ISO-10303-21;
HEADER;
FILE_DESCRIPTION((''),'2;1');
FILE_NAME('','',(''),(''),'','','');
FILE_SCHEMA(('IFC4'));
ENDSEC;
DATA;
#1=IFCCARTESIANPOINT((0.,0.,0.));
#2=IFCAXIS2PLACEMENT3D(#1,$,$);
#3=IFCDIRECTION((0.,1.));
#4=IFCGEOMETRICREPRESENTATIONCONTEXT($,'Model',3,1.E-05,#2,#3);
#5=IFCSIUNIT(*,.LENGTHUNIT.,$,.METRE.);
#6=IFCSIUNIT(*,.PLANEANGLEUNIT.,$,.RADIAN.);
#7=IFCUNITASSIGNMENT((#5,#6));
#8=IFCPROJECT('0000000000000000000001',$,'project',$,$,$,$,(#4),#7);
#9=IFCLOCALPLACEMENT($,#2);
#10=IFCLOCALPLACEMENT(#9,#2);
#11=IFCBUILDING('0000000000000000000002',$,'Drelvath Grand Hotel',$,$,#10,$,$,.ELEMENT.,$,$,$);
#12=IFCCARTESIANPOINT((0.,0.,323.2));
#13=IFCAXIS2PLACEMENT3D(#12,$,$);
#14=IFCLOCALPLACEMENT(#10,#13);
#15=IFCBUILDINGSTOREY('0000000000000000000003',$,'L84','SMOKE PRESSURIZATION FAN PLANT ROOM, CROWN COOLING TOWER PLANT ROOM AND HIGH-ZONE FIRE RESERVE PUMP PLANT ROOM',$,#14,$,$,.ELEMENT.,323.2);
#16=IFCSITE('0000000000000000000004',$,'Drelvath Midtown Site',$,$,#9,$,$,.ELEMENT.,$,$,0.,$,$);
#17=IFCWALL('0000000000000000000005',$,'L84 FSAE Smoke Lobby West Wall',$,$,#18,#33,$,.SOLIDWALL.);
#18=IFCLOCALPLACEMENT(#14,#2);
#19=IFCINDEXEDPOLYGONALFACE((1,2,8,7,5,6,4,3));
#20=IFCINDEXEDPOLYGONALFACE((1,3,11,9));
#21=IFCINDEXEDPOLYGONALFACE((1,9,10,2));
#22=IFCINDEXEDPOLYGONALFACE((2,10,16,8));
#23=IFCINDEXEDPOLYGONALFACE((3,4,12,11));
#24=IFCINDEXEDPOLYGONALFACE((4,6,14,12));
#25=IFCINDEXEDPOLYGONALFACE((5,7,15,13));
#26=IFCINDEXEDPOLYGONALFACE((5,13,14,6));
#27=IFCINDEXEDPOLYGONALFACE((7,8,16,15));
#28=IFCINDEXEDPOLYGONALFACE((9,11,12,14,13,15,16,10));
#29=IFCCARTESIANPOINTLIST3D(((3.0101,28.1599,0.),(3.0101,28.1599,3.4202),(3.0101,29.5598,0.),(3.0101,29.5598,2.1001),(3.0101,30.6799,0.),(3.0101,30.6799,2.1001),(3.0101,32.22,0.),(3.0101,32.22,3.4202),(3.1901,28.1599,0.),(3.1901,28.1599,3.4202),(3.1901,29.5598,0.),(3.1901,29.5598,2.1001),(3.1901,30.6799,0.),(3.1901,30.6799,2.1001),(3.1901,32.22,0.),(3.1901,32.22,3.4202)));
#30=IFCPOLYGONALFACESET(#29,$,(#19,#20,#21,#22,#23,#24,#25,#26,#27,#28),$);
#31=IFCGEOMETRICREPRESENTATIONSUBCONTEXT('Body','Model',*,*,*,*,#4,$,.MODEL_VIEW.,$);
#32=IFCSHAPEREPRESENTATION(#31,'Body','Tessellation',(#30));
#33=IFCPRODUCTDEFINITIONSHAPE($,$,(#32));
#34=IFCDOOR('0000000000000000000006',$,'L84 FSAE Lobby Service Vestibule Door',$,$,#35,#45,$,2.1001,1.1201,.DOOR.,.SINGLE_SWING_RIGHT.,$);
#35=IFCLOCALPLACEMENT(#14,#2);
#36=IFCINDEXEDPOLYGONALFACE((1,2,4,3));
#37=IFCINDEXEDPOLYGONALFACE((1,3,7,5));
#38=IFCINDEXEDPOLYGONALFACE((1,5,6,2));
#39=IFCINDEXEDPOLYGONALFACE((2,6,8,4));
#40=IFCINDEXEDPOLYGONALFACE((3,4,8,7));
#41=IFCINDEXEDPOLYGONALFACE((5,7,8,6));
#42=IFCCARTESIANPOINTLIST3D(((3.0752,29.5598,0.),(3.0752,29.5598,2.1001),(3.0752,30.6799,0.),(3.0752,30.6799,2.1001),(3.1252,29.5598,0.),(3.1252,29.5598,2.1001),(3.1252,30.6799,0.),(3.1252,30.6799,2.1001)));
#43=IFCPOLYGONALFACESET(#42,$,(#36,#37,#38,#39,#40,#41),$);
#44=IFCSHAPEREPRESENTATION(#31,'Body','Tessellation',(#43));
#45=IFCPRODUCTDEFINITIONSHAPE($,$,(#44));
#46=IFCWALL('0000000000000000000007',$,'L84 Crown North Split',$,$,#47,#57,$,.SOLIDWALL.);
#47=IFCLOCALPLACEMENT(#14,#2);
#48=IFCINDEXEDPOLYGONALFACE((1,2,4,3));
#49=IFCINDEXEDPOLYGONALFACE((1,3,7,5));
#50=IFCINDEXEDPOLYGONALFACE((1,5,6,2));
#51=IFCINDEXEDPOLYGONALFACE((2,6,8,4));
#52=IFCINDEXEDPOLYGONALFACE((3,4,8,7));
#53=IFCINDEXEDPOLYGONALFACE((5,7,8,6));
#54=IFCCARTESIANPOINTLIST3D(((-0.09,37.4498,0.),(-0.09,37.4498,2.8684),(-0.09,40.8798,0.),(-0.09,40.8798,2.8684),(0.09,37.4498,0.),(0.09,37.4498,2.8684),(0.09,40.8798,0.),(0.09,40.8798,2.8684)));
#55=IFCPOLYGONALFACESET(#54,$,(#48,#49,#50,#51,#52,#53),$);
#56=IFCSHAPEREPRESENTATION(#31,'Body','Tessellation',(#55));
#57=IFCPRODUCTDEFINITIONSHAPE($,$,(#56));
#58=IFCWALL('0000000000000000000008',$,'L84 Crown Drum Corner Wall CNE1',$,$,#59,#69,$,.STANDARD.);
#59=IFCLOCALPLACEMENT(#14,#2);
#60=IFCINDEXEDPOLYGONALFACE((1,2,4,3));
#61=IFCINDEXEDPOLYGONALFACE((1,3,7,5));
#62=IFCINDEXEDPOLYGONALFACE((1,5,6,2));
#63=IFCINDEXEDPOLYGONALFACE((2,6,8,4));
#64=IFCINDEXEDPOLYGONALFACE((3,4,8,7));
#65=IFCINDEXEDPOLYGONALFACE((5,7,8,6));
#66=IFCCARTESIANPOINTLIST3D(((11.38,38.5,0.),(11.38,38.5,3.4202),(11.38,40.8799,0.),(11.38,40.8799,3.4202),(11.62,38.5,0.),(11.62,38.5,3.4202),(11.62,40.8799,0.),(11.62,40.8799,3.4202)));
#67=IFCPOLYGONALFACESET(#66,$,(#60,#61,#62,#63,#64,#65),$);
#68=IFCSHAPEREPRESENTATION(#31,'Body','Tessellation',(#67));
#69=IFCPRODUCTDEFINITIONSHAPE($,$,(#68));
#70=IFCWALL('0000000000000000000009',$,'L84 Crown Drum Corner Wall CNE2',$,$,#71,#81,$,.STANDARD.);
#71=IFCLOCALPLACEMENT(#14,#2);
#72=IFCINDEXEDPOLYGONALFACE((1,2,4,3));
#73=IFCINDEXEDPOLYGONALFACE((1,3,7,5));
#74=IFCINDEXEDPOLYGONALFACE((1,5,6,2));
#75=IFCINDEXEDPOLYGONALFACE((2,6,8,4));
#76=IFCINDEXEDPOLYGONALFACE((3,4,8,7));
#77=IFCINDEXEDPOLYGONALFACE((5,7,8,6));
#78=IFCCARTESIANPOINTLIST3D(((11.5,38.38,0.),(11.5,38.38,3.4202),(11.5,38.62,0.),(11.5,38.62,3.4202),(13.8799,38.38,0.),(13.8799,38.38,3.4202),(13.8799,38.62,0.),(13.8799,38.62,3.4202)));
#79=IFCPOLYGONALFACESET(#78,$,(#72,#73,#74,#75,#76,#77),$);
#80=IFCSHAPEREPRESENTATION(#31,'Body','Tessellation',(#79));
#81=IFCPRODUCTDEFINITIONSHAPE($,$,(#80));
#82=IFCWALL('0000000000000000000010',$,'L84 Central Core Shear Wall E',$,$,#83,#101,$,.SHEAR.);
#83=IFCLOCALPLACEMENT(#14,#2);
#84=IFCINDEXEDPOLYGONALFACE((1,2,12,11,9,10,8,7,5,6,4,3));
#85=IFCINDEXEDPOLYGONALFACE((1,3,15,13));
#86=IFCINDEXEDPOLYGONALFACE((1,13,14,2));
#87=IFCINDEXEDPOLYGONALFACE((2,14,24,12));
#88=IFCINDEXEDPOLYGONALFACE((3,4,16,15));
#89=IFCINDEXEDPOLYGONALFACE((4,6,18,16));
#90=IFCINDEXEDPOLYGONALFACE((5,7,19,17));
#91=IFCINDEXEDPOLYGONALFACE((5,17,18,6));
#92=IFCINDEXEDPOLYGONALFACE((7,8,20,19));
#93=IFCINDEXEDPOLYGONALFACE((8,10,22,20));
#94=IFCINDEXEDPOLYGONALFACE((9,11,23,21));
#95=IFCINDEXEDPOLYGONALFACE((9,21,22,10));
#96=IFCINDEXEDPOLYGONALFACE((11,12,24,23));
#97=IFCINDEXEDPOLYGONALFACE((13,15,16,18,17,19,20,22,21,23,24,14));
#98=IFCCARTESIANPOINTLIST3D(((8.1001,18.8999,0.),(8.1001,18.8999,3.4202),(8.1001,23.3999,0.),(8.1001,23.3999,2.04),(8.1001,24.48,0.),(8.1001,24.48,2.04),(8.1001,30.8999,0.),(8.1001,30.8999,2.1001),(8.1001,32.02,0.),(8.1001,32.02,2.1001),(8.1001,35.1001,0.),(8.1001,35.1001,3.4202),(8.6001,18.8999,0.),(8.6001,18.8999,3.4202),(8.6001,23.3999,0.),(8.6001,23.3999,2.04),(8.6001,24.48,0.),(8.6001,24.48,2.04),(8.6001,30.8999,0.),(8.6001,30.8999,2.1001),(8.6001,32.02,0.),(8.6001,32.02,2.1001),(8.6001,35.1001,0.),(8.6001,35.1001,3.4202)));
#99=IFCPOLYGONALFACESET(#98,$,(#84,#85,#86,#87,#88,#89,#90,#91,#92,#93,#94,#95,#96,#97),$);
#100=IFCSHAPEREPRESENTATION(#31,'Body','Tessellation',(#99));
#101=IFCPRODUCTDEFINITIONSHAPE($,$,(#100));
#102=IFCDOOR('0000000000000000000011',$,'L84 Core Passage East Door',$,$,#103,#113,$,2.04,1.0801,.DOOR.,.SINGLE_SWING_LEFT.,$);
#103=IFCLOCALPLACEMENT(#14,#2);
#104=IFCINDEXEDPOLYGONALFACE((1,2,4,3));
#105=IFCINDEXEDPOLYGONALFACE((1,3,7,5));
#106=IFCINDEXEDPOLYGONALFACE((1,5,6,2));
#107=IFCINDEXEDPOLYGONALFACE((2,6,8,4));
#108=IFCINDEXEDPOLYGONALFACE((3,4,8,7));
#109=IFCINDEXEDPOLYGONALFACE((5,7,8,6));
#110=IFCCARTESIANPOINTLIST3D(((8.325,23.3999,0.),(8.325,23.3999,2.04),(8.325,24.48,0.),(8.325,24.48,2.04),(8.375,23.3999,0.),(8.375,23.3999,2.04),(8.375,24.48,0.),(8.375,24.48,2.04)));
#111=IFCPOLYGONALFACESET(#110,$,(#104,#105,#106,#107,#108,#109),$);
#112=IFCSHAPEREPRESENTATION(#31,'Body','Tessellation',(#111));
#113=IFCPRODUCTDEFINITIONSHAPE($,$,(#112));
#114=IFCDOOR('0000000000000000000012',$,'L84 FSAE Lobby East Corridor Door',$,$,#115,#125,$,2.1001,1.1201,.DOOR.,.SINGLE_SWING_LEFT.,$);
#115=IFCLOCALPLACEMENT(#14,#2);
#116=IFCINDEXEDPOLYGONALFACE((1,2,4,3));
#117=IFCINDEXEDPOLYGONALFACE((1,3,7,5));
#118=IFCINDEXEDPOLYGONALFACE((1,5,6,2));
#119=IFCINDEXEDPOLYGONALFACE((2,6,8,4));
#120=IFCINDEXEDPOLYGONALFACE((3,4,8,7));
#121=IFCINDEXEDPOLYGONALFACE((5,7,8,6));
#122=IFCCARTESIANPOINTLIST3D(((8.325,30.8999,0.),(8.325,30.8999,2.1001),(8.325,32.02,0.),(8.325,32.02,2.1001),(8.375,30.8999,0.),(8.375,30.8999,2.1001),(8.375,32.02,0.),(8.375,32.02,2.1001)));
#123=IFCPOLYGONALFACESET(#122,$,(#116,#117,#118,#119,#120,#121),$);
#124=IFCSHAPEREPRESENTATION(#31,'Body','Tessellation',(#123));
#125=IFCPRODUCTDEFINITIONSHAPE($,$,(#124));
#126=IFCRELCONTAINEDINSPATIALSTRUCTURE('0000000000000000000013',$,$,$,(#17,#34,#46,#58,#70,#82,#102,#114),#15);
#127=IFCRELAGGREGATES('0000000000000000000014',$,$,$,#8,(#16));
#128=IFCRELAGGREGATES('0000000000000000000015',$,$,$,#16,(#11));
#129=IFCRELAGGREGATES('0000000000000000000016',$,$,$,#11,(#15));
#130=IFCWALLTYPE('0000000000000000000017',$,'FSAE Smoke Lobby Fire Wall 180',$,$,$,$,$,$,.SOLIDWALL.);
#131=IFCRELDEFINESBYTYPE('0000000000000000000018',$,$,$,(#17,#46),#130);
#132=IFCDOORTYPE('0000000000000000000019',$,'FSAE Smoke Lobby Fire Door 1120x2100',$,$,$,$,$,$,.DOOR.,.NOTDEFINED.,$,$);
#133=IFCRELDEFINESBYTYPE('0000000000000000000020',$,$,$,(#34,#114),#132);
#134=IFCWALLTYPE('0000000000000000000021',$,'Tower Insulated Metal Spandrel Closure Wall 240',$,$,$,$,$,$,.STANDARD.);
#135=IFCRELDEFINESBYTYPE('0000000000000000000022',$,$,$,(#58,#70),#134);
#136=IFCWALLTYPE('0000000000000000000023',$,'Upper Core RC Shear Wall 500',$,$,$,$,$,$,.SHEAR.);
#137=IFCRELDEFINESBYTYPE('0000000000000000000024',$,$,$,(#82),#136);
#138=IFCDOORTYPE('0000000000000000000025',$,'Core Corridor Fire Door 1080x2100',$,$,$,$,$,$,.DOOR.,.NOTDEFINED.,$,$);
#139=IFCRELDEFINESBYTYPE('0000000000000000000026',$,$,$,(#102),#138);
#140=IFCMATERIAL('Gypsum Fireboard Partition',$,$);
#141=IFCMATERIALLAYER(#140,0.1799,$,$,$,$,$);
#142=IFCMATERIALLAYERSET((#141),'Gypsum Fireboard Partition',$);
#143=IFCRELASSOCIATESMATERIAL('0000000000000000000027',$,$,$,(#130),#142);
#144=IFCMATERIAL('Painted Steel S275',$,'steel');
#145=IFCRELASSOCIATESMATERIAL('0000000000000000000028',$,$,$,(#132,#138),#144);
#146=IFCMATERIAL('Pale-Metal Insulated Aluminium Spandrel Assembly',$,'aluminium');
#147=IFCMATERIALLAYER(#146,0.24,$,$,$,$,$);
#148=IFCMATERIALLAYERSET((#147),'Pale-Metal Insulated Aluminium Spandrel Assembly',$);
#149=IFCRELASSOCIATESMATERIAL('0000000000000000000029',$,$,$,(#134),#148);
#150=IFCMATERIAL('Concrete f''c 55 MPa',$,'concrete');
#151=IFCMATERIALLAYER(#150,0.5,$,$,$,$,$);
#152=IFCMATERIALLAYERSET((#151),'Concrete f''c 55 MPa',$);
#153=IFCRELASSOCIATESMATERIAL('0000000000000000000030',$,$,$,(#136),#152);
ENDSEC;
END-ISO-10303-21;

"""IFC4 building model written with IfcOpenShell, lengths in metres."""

from ifc_helpers import new_model, si_unit, direction, frame, frame_2d, origin, place, context, subcontext, project, spatial, rectangle, extrude, material, layer, layer_set, type_object, element, fill, save


model = new_model("IFC4")

# Units and contexts
model_context = context("Model", 3, precision=1e-05, world=origin(), true_north=direction((0.0, 1.0)))
body_context = subcontext(model_context, "Body", "Model", "MODEL_VIEW")
ifc_project = project(units=[si_unit("LENGTHUNIT", "METRE"), si_unit("PLANEANGLEUNIT", "RADIAN")], contexts=[model_context])

# Site, building, storey
site_placement = place(None, origin())
site = spatial("IfcSite", under=ifc_project, at=site_placement, Name="Drelvath Midtown Site", CompositionType="ELEMENT", RefElevation=0.0)
building_placement = place(site_placement, origin())
building = spatial("IfcBuilding", under=site, at=building_placement, Name="Drelvath Grand Hotel", CompositionType="ELEMENT")
storey_placement = place(building_placement, frame((0.0, 0.0, 323.2)))
storey = spatial("IfcBuildingStorey", under=building, at=storey_placement, Name="L84", Description="SMOKE PRESSURIZATION FAN PLANT ROOM, CROWN COOLING TOWER PLANT ROOM AND HIGH-ZONE FIRE RESERVE PUMP PLANT ROOM", CompositionType="ELEMENT", Elevation=323.2)

# Shared definitions
ifc_material_1 = material(Name="Concrete f'c 55 MPa", Category="concrete")

# Shared definitions
ifc_material_2 = material(Name="Painted Steel S275", Category="steel")

# Shared definitions
ifc_material_3 = material(Name="Gypsum Fireboard Partition")

# Wall, opening, door
ifc_layer_1 = layer(ifc_material_3, 0.1799)
ifc_layer_set_1 = layer_set([ifc_layer_1], Name="Gypsum Fireboard Partition")
wall_type_1 = type_object("IfcWallType", Name="FSAE Smoke Lobby Fire Wall 180", PredefinedType="SOLIDWALL", material=ifc_layer_set_1)
wall_1_placement = place(storey_placement, frame((3.1001, 28.1599, 0.0), z_axis=(0.0, 0.0, 1.0), x_axis=(0.0, 1.0, 0.0)))
wall_1 = element("IfcWall", 1, at=wall_1_placement, inside=storey, type_object=wall_type_1, Name="L84 FSAE Smoke Lobby West Wall", PredefinedType="SOLIDWALL", context=body_context, shape_type="SweptSolid", body=[
    extrude(rectangle(XDim=4.0601, YDim=0.1799, at=frame_2d((2.03, 0.0))), origin(), (0.0, 0.0, 1.0), 3.4202),
])
opening_1_placement = place(wall_1_placement, frame((1.3999, 0.0, 0.0)))
opening_1 = element("IfcOpeningElement", 2, at=opening_1_placement, cuts=wall_1, PredefinedType="OPENING", context=body_context, shape_type="SweptSolid", body=[
    extrude(rectangle(XDim=1.1201, YDim=2.1001, at=frame_2d((0.5601, 1.05))), frame((0.0, 0.0999, 0.0), z_axis=(0.0, -1.0, 0.0), x_axis=(1.0, 0.0, 0.0)), (0.0, 0.0, 1.0), 0.2),
])
door_type_1 = type_object("IfcDoorType", Name="FSAE Smoke Lobby Fire Door 1120x2100", OperationType="NOTDEFINED", PredefinedType="DOOR", material=ifc_material_2)
door_1_placement = place(opening_1_placement, origin())
door_1 = element("IfcDoor", 3, at=door_1_placement, inside=storey, type_object=door_type_1, Name="L84 FSAE Lobby Service Vestibule Door", OperationType="SINGLE_SWING_RIGHT", OverallHeight=2.1001, OverallWidth=1.1201, PredefinedType="DOOR", context=body_context, shape_type="SweptSolid", body=[
    extrude(rectangle(XDim=1.1201, YDim=2.1001, at=frame_2d((0.5601, 1.05))), frame((0.0, 0.0249, 0.0), z_axis=(0.0, -1.0, 0.0), x_axis=(1.0, 0.0, 0.0)), (0.0, 0.0, 1.0), 0.05),
])
fill(opening_1, door_1)

# Walls
wall_2_placement = place(storey_placement, frame((0.0, 37.45, 0.0), z_axis=(0.0, 0.0, 1.0), x_axis=(0.0, 1.0, 0.0)))
element("IfcWall", 4, at=wall_2_placement, inside=storey, type_object=wall_type_1, Name="L84 Crown North Split", PredefinedType="SOLIDWALL", context=body_context, shape_type="SweptSolid", body=[
    extrude(rectangle(XDim=3.4299, YDim=0.1799, at=frame_2d((1.7148, 0.0))), origin(), (0.0, 0.0, 1.0), 2.8684),
])
ifc_material_4 = material(Name="Pale-Metal Insulated Aluminium Spandrel Assembly", Category="aluminium")
ifc_layer_2 = layer(ifc_material_4, 0.24)
ifc_layer_set_2 = layer_set([ifc_layer_2], Name="Pale-Metal Insulated Aluminium Spandrel Assembly")
wall_type_2 = type_object("IfcWallType", Name="Tower Insulated Metal Spandrel Closure Wall 240", PredefinedType="STANDARD", material=ifc_layer_set_2)
for number, where, z_axis, x_axis, name in (
    (5, (11.5, 40.8799, 0.0), (0.0, 0.0, 1.0), (0.0, -1.0, 0.0), "L84 Crown Drum Corner Wall CNE1"),
    (6, (11.5, 38.5, 0.0), (0.0, 0.0, 1.0), (1.0, 0.0, 0.0), "L84 Crown Drum Corner Wall CNE2"),
):
    element("IfcWall", number, at=place(storey_placement, frame(where, z_axis=z_axis, x_axis=x_axis)), inside=storey, type_object=wall_type_2, Name=name, PredefinedType="STANDARD", context=body_context, shape_type="SweptSolid", body=[
        extrude(rectangle(XDim=2.3799, YDim=0.24, at=frame_2d((1.1899, 0.0))), origin(), (0.0, 0.0, 1.0), 3.4202),
    ])

# Wall, openings, doors
ifc_layer_3 = layer(ifc_material_1, 0.5)
ifc_layer_set_3 = layer_set([ifc_layer_3], Name="Concrete f'c 55 MPa")
wall_type_3 = type_object("IfcWallType", Name="Upper Core RC Shear Wall 500", PredefinedType="SHEAR", material=ifc_layer_set_3)
wall_3_placement = place(storey_placement, frame((8.3501, 35.1001, 0.0), z_axis=(0.0, 0.0, 1.0), x_axis=(0.0, -1.0, 0.0)))
wall_3 = element("IfcWall", 7, at=wall_3_placement, inside=storey, type_object=wall_type_3, Name="L84 Central Core Shear Wall E", PredefinedType="SHEAR", context=body_context, shape_type="SweptSolid", body=[
    extrude(rectangle(XDim=16.2002, YDim=0.5, at=frame_2d((8.1001, 0.0))), origin(), (0.0, 0.0, 1.0), 3.4202),
])
opening_2_placement = place(wall_3_placement, frame((3.0801, 0.0, 0.0)))
opening_2 = element("IfcOpeningElement", 8, at=opening_2_placement, cuts=wall_3, PredefinedType="OPENING", context=body_context, shape_type="SweptSolid", body=[
    extrude(rectangle(XDim=1.1201, YDim=2.1001, at=frame_2d((0.5601, 1.05))), frame((0.0, 0.26, 0.0), z_axis=(0.0, -1.0, 0.0), x_axis=(1.0, 0.0, 0.0)), (0.0, 0.0, 1.0), 0.52),
])
opening_3_placement = place(wall_3_placement, frame((10.6201, 0.0, 0.0)))
opening_3 = element("IfcOpeningElement", 9, at=opening_3_placement, cuts=wall_3, PredefinedType="OPENING", context=body_context, shape_type="SweptSolid", body=[
    extrude(rectangle(XDim=1.0801, YDim=2.04, at=frame_2d((0.54, 1.02))), frame((0.0, 0.26, 0.0), z_axis=(0.0, -1.0, 0.0), x_axis=(1.0, 0.0, 0.0)), (0.0, 0.0, 1.0), 0.52),
])
door_type_2 = type_object("IfcDoorType", Name="Core Corridor Fire Door 1080x2100", OperationType="NOTDEFINED", PredefinedType="DOOR", material=ifc_material_2)
door_2_placement = place(opening_3_placement, origin())
door_2 = element("IfcDoor", 10, at=door_2_placement, inside=storey, type_object=door_type_2, Name="L84 Core Passage East Door", OperationType="SINGLE_SWING_LEFT", OverallHeight=2.04, OverallWidth=1.0801, PredefinedType="DOOR", context=body_context, shape_type="SweptSolid", body=[
    extrude(rectangle(XDim=1.0801, YDim=2.04, at=frame_2d((0.54, 1.02))), frame((0.0, 0.0249, 0.0), z_axis=(0.0, -1.0, 0.0), x_axis=(1.0, 0.0, 0.0)), (0.0, 0.0, 1.0), 0.05),
])
fill(opening_3, door_2)
door_3_placement = place(opening_2_placement, origin())
door_3 = element("IfcDoor", 11, at=door_3_placement, inside=storey, type_object=door_type_1, Name="L84 FSAE Lobby East Corridor Door", OperationType="SINGLE_SWING_LEFT", OverallHeight=2.1001, OverallWidth=1.1201, PredefinedType="DOOR", context=body_context, shape_type="SweptSolid", body=[
    extrude(rectangle(XDim=1.1201, YDim=2.1001, at=frame_2d((0.5601, 1.05))), frame((0.0, 0.0249, 0.0), z_axis=(0.0, -1.0, 0.0), x_axis=(1.0, 0.0, 0.0)), (0.0, 0.0, 1.0), 0.05),
])
fill(opening_2, door_3)

save(model, "model.ifc")
